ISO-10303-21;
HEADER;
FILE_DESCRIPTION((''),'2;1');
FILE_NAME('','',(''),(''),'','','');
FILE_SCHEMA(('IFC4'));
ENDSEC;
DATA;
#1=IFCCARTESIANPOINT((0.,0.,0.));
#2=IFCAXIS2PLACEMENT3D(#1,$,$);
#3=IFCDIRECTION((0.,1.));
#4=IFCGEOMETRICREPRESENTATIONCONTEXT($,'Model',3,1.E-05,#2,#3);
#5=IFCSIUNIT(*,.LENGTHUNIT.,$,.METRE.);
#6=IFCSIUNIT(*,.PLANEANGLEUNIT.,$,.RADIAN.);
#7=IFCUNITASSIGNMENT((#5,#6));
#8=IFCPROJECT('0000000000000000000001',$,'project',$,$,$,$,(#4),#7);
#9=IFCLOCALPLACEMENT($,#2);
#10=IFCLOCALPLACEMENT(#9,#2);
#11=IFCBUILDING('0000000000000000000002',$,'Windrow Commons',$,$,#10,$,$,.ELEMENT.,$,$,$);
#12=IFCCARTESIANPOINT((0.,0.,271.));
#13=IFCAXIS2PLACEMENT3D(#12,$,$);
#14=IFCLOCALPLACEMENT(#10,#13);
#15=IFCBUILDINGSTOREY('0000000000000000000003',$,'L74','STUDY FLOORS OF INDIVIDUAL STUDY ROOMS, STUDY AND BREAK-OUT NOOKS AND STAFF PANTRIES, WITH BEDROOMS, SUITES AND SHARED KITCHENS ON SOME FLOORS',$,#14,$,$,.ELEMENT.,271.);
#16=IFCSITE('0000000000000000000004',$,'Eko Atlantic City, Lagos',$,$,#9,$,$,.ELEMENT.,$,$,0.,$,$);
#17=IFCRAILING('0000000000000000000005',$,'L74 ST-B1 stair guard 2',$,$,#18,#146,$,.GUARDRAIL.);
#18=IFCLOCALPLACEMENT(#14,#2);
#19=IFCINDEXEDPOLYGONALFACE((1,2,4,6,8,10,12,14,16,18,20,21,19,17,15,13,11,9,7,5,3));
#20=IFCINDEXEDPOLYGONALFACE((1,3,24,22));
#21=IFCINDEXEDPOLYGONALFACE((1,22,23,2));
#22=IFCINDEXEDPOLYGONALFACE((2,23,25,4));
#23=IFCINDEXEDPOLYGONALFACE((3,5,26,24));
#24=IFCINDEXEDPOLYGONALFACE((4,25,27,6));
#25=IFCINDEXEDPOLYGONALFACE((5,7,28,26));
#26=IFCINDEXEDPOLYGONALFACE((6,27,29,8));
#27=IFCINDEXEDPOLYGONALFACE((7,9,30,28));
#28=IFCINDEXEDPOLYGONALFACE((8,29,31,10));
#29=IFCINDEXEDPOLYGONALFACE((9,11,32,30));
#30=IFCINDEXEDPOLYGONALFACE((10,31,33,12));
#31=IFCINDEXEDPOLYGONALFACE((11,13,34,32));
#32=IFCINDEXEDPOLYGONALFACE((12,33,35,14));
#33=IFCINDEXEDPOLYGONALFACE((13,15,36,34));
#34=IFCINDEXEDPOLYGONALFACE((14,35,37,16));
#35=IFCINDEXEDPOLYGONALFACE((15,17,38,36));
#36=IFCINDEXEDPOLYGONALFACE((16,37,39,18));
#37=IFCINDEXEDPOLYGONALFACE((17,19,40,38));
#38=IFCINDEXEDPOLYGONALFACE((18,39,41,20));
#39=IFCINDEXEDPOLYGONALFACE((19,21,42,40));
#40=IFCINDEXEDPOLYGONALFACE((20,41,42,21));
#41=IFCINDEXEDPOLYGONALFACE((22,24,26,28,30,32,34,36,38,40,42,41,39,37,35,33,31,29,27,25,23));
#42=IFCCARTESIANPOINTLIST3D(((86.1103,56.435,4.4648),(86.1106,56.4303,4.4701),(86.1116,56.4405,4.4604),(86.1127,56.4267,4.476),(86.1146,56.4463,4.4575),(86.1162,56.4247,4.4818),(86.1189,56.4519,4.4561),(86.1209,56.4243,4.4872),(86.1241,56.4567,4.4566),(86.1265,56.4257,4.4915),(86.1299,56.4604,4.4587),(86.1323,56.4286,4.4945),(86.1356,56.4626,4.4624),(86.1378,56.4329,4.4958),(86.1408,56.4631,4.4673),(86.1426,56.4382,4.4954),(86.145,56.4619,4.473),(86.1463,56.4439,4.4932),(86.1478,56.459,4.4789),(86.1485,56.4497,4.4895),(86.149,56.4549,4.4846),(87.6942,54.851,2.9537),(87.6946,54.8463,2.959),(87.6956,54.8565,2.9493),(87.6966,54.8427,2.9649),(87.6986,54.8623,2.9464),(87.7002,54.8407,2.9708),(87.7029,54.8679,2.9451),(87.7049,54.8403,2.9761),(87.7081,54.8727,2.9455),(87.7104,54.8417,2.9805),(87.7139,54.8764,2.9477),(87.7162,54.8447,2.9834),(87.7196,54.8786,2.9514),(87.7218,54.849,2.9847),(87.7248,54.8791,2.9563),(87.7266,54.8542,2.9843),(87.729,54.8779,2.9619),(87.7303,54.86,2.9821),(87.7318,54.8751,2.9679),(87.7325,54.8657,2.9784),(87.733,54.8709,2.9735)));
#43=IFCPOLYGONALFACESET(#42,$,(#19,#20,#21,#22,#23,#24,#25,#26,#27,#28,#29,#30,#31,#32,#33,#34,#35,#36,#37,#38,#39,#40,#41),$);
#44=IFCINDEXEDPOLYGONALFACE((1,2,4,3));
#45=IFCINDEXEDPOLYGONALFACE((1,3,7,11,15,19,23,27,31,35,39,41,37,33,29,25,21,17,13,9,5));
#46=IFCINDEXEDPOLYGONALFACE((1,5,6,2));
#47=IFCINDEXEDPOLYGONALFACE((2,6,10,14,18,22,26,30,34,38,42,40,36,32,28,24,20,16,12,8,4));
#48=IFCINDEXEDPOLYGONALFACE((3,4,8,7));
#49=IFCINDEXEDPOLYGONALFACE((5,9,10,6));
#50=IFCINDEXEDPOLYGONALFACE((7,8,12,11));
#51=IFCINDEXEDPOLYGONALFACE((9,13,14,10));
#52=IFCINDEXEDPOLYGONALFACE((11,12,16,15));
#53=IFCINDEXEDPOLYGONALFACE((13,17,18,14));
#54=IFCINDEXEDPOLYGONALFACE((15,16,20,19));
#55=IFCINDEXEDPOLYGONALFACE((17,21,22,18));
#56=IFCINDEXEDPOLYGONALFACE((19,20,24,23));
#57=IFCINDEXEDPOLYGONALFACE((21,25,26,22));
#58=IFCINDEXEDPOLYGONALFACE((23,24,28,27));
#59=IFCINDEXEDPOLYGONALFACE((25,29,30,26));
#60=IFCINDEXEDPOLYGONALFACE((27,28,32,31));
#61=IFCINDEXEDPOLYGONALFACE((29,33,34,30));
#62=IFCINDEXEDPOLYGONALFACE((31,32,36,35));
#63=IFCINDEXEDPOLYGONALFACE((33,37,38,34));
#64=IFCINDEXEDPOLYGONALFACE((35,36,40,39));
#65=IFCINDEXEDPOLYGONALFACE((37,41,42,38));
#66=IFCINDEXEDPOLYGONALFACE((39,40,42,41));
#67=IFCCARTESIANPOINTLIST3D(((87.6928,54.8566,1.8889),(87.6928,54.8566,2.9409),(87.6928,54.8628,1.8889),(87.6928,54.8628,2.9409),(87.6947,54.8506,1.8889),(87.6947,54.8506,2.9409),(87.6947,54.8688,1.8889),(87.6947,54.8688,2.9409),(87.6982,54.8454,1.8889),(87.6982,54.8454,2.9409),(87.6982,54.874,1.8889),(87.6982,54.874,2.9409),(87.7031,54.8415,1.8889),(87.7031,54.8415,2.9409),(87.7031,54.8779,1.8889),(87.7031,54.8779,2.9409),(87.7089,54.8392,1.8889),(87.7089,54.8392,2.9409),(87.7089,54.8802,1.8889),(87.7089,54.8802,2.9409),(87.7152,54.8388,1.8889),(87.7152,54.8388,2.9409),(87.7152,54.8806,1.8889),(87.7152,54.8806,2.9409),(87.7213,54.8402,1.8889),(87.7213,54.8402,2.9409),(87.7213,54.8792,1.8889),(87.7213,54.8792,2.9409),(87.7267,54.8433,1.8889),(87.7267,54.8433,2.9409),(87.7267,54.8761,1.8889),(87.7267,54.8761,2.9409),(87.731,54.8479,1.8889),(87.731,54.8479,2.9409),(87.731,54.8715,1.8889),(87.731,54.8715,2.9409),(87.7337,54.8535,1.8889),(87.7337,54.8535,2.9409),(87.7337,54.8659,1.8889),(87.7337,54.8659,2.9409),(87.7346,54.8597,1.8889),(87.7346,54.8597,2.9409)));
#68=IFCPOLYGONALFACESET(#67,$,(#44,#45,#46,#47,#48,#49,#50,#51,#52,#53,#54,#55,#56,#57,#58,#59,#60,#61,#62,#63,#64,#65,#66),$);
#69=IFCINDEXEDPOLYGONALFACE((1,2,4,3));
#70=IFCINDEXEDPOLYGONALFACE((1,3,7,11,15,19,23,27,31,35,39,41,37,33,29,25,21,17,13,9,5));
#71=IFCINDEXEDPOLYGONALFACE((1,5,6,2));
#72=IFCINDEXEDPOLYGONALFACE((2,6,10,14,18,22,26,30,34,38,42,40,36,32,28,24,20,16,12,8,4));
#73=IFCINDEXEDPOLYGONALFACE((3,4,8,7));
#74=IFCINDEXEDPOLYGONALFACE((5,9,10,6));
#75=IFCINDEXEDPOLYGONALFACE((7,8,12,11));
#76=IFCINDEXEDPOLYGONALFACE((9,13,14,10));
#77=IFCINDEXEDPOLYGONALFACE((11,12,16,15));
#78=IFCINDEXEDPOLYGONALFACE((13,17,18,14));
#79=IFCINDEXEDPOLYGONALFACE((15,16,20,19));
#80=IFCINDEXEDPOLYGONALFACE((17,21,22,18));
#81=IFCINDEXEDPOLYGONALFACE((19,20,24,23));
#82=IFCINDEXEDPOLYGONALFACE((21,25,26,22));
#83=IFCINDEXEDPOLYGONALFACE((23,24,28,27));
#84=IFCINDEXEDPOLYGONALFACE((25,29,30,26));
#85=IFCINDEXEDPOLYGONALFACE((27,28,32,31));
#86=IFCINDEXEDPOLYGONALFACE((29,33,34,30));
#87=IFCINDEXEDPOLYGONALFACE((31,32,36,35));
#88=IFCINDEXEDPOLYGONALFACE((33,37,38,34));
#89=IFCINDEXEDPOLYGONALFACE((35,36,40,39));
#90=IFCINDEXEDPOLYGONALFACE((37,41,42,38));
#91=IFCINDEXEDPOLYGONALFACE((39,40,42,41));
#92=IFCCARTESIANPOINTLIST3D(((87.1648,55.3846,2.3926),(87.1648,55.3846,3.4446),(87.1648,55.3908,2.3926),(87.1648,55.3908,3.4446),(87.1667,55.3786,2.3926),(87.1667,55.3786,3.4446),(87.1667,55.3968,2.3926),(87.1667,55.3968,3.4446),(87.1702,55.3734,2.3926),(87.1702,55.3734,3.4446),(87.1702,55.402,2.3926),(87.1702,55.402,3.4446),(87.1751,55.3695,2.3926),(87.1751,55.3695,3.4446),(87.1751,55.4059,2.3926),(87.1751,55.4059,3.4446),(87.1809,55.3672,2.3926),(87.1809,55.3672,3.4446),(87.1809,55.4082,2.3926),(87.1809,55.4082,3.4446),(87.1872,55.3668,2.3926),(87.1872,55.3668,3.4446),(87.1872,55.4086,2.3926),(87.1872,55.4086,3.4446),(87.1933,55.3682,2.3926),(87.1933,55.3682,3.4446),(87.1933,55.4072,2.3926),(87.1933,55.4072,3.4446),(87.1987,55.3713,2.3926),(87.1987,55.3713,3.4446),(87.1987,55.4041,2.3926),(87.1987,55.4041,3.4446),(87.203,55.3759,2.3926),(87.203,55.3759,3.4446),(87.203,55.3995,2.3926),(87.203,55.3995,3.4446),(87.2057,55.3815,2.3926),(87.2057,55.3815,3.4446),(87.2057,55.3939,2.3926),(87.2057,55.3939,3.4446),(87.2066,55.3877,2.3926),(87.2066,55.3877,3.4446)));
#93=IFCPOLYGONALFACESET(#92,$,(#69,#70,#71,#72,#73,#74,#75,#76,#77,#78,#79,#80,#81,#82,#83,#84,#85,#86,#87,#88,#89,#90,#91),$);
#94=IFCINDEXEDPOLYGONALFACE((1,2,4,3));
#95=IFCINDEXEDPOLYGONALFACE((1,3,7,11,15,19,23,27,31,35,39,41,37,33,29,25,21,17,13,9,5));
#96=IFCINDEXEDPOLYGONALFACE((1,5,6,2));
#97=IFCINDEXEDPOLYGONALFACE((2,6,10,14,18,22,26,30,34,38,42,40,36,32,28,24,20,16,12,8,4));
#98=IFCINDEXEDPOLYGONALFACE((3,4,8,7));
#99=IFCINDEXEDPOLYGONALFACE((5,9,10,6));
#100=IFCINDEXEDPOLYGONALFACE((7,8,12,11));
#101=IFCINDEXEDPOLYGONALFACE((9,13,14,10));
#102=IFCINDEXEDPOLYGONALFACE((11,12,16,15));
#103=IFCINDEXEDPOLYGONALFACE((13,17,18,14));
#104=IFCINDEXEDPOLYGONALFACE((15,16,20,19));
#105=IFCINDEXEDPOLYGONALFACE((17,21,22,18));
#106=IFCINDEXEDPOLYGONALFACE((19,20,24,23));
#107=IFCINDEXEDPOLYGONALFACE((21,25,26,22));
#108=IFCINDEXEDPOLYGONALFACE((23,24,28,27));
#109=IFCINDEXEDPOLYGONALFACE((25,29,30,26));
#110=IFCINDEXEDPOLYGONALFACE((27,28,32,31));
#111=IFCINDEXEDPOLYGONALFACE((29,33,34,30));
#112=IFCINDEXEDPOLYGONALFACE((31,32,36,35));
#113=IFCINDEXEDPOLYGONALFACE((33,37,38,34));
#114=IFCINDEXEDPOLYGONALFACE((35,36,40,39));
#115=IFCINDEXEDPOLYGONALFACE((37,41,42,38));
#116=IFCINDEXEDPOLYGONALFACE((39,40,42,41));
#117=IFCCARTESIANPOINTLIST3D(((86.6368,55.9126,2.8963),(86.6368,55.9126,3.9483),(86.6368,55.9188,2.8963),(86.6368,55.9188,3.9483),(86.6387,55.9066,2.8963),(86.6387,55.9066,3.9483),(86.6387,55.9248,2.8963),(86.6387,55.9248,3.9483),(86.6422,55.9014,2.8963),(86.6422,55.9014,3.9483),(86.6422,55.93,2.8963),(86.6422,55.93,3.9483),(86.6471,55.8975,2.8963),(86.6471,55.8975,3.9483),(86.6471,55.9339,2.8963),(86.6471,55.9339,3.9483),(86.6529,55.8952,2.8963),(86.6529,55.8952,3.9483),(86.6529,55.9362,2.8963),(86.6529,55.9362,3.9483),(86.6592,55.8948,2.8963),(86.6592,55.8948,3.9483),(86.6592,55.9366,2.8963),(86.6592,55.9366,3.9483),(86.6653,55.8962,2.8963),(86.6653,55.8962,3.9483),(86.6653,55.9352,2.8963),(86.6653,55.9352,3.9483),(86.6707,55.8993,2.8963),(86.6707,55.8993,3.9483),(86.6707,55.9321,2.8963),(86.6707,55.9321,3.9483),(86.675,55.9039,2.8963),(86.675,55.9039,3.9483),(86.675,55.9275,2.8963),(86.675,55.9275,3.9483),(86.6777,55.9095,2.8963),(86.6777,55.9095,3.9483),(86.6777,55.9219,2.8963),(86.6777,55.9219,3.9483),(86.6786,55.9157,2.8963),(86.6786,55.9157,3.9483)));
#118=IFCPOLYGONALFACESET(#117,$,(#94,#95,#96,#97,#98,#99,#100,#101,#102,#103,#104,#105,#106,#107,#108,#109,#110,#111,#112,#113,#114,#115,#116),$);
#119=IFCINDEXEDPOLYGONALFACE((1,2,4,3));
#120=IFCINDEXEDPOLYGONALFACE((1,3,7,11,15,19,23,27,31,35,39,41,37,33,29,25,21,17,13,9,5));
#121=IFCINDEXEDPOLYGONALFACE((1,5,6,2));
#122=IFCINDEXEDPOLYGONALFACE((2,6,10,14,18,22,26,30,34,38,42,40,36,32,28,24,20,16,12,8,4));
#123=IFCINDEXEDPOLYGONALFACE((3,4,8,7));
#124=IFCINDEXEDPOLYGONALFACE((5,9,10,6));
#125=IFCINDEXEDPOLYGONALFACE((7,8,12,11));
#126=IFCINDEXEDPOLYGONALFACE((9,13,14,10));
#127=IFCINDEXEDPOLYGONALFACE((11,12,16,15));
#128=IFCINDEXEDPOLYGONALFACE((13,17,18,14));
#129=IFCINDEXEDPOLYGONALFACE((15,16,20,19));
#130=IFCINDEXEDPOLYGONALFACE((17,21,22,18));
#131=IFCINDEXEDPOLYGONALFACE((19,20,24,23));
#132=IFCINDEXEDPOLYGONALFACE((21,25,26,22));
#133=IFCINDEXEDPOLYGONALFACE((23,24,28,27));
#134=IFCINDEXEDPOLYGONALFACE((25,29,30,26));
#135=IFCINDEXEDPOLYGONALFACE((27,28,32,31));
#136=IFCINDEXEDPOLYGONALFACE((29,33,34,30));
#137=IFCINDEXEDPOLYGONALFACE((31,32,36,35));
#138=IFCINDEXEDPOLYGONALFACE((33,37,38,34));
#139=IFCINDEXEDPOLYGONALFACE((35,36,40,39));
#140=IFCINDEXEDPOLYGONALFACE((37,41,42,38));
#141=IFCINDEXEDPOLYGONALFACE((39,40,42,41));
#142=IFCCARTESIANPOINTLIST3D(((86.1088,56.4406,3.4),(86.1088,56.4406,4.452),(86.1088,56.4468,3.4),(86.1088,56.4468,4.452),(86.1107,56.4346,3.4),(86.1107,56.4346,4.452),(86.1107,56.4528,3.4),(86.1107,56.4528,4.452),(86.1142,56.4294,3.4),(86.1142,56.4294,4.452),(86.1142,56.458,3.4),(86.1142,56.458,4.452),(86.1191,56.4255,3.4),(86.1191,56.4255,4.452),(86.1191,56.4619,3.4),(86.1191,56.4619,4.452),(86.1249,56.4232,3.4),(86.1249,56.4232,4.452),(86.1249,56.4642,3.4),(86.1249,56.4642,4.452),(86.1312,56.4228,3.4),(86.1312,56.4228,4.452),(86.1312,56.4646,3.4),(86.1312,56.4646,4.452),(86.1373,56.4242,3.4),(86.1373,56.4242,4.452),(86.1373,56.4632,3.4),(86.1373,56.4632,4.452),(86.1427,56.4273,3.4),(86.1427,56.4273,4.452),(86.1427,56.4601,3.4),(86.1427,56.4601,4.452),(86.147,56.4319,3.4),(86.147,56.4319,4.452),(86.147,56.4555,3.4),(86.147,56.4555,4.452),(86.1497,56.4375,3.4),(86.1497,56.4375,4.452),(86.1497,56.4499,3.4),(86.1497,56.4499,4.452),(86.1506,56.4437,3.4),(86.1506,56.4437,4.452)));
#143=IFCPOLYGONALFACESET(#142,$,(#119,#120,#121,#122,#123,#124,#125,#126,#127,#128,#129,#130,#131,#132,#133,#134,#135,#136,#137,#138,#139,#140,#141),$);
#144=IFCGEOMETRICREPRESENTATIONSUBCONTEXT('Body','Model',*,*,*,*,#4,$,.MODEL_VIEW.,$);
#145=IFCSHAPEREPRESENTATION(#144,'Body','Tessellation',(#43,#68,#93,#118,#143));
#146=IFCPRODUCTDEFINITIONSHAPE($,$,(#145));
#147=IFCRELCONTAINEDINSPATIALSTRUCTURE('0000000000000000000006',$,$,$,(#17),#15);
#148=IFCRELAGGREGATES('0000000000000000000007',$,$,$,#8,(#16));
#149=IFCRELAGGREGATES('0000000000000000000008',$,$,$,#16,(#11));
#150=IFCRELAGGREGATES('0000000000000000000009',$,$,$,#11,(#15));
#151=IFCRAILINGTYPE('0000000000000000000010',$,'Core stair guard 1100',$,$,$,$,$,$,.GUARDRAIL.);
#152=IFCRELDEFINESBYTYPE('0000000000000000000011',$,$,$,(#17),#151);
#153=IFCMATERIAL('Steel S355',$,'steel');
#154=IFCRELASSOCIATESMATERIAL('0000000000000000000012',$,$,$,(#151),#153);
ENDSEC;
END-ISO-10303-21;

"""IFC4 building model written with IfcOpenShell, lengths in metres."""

from ifc_helpers import new_model, si_unit, direction, frame, origin, origin_2d, place, context, subcontext, project, spatial, circle, extrude, material, type_object, element, save


model = new_model("IFC4")

# Units and contexts
model_context = context("Model", 3, precision=1e-05, world=origin(), true_north=direction((0.0, 1.0)))
body_context = subcontext(model_context, "Body", "Model", "MODEL_VIEW")
ifc_project = project(units=[si_unit("LENGTHUNIT", "METRE"), si_unit("PLANEANGLEUNIT", "RADIAN")], contexts=[model_context])

# Site, building, storey
site_placement = place(None, origin())
site = spatial("IfcSite", under=ifc_project, at=site_placement, Name="Eko Atlantic City, Lagos", CompositionType="ELEMENT", RefElevation=0.0)
building_placement = place(site_placement, origin())
building = spatial("IfcBuilding", under=site, at=building_placement, Name="Windrow Commons", CompositionType="ELEMENT")
storey_placement = place(building_placement, frame((0.0, 0.0, 271.0)))
storey = spatial("IfcBuildingStorey", under=building, at=storey_placement, Name="L74", Description="STUDY FLOORS OF INDIVIDUAL STUDY ROOMS, STUDY AND BREAK-OUT NOOKS AND STAFF PANTRIES, WITH BEDROOMS, SUITES AND SHARED KITCHENS ON SOME FLOORS", CompositionType="ELEMENT", Elevation=271.0)

# Railing
ifc_material_1 = material(Name="Steel S355", Category="steel")
railing_type_1 = type_object("IfcRailingType", Name="Core stair guard 1100", PredefinedType="GUARDRAIL", material=ifc_material_1)
railing_1_placement = place(storey_placement, frame((87.7136, 54.8597, 1.8889)))
element("IfcRailing", 1, at=railing_1_placement, inside=storey, type_object=railing_type_1, Name="L74 ST-B1 stair guard 2", PredefinedType="GUARDRAIL", context=body_context, shape_type="SweptSolid", body=[
    extrude(circle(Radius=0.024, at=origin_2d()), frame((0.0, 0.0, 1.076), z_axis=(-0.586203, 0.586203, 0.559224), x_axis=(-0.707107, -0.707107, 0.0)), (0.0, 0.0, 1.0), 2.7021),
    extrude(circle(Radius=0.021, at=origin_2d()), origin(), (0.0, 0.0, 1.0), 1.052),
    extrude(circle(Radius=0.021, at=origin_2d()), frame((-0.528, 0.528, 0.5037)), (0.0, 0.0, 1.0), 1.052),
    extrude(circle(Radius=0.021, at=origin_2d()), frame((-1.056, 1.056, 1.0074)), (0.0, 0.0, 1.0), 1.052),
    extrude(circle(Radius=0.021, at=origin_2d()), frame((-1.584, 1.584, 1.5111)), (0.0, 0.0, 1.0), 1.052),
])

save(model, "model.ifc")
